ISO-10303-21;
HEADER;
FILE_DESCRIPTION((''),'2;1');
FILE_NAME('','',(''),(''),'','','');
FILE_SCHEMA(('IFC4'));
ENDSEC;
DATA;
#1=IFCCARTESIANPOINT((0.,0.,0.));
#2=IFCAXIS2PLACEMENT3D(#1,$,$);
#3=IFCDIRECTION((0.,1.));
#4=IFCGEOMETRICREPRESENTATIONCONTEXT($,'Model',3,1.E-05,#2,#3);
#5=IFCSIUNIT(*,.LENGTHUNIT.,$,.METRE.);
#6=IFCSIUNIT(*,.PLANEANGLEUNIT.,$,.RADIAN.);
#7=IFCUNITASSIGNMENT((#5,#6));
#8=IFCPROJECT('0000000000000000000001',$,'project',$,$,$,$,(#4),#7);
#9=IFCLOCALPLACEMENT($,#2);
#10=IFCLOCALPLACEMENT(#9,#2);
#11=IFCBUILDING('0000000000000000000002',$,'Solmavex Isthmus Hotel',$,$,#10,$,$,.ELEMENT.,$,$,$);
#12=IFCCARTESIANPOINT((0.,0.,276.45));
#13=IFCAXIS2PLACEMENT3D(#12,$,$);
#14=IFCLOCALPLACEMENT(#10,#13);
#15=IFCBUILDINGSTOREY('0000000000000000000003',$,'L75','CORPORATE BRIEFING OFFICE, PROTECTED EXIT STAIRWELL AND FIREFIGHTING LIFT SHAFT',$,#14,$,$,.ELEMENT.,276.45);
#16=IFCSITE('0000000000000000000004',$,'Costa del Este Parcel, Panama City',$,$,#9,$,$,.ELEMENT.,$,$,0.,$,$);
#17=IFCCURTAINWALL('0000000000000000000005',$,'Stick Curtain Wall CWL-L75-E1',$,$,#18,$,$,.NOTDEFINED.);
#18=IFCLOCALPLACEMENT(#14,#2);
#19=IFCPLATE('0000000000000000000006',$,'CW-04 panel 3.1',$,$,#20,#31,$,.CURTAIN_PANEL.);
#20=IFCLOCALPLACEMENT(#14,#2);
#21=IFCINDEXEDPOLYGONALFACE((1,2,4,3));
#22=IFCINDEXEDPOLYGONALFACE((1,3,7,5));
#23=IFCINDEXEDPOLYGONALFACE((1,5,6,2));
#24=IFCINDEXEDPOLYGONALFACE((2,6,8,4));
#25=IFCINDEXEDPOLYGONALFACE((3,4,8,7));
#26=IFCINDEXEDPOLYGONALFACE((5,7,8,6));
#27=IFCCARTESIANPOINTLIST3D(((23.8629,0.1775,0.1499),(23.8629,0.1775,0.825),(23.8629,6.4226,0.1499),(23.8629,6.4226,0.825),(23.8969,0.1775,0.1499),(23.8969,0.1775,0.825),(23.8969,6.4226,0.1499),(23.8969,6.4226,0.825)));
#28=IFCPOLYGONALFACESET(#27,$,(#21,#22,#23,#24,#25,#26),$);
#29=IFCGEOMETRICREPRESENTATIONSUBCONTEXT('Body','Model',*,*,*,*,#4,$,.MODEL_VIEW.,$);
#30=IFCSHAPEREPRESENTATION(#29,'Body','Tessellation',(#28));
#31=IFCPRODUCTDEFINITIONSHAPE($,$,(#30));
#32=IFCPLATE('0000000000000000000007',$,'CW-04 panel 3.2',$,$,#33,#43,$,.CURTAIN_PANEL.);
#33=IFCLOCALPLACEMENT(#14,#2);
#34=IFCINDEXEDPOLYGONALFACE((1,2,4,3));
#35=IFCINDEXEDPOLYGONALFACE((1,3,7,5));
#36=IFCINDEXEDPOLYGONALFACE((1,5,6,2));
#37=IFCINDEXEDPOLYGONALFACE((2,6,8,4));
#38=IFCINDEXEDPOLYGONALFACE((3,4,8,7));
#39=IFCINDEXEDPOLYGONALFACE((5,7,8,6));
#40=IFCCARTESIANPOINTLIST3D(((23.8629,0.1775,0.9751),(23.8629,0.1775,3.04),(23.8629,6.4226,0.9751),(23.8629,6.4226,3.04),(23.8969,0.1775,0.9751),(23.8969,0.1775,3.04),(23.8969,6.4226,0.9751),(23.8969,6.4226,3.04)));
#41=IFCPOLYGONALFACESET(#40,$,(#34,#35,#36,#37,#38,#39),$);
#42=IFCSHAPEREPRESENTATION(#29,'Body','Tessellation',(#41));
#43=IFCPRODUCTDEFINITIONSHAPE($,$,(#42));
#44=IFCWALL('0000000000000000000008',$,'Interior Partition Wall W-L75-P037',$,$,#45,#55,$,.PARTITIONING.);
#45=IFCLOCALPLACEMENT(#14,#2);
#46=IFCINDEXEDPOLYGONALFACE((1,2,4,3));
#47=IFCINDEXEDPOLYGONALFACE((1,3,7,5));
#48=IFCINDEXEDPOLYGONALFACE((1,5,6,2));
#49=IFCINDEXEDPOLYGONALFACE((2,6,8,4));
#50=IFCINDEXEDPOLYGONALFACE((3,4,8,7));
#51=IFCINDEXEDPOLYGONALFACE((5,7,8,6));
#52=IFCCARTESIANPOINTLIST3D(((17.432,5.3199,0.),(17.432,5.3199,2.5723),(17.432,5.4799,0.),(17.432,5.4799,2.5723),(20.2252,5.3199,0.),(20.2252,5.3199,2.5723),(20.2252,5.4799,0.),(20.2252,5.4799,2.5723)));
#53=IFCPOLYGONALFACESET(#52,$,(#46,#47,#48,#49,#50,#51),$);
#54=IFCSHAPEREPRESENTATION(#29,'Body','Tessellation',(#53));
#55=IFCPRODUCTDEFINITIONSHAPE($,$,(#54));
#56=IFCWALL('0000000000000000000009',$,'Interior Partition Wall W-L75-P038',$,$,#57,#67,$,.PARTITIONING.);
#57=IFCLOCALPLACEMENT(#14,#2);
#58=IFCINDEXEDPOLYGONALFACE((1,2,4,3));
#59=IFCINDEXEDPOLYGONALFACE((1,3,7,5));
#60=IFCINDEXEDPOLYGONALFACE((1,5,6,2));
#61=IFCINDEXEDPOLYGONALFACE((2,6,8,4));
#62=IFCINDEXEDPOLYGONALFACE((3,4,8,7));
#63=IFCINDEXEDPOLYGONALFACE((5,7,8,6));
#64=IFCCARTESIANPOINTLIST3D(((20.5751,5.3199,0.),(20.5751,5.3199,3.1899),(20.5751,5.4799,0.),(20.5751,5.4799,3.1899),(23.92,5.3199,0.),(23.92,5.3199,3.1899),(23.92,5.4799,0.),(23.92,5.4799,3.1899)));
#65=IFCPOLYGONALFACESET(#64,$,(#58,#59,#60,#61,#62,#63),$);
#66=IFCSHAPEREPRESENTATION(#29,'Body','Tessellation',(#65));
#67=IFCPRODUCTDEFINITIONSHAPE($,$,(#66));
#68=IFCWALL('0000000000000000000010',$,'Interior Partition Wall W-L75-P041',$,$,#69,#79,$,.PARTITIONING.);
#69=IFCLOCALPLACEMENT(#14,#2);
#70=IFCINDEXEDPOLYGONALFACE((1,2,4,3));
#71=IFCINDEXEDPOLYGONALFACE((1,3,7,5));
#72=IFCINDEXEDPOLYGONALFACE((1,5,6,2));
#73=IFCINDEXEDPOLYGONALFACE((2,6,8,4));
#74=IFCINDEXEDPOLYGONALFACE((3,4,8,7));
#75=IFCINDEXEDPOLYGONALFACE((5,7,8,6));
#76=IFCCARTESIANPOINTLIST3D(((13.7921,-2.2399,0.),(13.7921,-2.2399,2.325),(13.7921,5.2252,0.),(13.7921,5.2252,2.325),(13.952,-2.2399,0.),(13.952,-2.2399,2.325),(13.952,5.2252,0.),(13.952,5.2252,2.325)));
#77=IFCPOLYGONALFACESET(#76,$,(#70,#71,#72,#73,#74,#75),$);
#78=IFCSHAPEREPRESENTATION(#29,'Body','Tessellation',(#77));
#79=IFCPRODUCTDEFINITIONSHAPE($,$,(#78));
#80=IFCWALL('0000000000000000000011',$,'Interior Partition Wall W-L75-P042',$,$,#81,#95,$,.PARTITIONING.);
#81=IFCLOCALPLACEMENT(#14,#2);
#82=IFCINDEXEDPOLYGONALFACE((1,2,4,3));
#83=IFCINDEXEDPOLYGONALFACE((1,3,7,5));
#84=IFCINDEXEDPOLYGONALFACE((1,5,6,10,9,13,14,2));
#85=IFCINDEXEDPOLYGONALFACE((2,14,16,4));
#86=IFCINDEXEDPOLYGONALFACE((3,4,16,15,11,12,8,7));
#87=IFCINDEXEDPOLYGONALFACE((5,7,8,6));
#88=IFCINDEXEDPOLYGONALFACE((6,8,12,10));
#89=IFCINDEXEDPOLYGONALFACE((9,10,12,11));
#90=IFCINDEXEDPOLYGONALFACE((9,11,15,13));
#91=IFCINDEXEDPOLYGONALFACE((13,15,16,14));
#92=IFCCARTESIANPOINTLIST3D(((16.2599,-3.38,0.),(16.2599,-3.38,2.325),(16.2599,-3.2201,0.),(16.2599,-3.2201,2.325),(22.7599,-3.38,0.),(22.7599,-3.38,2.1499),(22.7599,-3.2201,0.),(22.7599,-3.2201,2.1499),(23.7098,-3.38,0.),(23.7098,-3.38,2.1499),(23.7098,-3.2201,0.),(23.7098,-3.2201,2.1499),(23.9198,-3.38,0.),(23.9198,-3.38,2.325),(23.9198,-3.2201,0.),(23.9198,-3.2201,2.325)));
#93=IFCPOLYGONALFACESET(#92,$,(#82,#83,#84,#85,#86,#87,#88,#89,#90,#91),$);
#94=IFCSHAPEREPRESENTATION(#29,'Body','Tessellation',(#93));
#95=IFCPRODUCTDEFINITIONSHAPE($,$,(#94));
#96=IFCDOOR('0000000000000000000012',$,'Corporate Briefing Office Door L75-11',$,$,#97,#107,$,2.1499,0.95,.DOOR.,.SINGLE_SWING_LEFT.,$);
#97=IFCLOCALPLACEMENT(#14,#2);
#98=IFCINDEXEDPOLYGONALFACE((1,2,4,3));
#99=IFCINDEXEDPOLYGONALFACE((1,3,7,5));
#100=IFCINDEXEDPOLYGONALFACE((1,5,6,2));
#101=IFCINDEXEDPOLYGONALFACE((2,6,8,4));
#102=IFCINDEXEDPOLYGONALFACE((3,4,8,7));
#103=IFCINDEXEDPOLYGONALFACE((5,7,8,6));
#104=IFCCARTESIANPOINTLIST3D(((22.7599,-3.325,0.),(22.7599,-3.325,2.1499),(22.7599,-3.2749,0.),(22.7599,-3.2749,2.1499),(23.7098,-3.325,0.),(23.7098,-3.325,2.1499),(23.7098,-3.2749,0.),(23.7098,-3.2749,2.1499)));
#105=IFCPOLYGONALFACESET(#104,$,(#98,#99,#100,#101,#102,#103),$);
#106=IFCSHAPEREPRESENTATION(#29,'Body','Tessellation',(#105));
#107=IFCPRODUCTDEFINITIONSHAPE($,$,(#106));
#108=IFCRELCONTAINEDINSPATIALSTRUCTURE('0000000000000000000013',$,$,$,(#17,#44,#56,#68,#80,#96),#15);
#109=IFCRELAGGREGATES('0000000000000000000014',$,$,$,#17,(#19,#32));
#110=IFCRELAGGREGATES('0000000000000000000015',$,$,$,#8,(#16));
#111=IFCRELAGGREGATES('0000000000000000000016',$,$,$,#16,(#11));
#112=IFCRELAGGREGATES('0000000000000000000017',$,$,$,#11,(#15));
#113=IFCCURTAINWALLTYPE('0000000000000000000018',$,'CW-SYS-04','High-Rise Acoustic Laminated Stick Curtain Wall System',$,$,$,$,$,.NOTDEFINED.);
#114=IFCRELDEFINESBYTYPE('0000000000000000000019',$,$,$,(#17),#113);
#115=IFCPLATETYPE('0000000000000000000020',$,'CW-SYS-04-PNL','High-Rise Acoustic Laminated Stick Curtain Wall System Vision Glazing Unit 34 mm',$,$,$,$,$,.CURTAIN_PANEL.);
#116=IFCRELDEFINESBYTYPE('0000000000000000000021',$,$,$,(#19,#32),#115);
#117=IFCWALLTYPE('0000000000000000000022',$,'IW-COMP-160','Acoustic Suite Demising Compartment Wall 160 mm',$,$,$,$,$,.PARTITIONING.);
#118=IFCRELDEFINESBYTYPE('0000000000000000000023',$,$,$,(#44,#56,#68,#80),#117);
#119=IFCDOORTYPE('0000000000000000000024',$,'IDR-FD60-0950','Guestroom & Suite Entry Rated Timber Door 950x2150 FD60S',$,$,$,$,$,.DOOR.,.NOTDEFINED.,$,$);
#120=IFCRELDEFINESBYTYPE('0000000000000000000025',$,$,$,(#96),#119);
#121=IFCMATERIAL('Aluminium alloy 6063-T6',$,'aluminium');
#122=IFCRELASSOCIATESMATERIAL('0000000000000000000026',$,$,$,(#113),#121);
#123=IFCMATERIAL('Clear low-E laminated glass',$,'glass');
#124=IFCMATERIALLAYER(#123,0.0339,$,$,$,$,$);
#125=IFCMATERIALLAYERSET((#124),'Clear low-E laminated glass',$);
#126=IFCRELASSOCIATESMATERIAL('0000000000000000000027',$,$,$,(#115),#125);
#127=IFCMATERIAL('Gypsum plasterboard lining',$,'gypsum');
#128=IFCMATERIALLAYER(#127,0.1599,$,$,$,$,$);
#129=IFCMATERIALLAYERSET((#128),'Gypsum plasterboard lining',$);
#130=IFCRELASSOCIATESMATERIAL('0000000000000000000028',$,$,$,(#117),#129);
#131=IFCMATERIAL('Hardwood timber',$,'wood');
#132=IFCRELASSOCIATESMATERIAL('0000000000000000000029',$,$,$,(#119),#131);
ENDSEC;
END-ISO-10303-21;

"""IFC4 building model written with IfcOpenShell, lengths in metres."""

from ifc_helpers import new_model, si_unit, direction, frame, frame_2d, origin, origin_2d, place, context, subcontext, project, spatial, rectangle, extrude, material, layer, layer_set, type_object, element, fill, aggregate, save


model = new_model("IFC4")

# Units and contexts
model_context = context("Model", 3, precision=1e-05, world=origin(), true_north=direction((0.0, 1.0)))
body_context = subcontext(model_context, "Body", "Model", "MODEL_VIEW")
ifc_project = project(units=[si_unit("LENGTHUNIT", "METRE"), si_unit("PLANEANGLEUNIT", "RADIAN")], contexts=[model_context])

# Site, building, storey
site_placement = place(None, origin())
site = spatial("IfcSite", under=ifc_project, at=site_placement, Name="Costa del Este Parcel, Panama City", CompositionType="ELEMENT", RefElevation=0.0)
building_placement = place(site_placement, origin())
building = spatial("IfcBuilding", under=site, at=building_placement, Name="Solmavex Isthmus Hotel", CompositionType="ELEMENT")
storey_placement = place(building_placement, frame((0.0, 0.0, 276.45)))
storey = spatial("IfcBuildingStorey", under=building, at=storey_placement, Name="L75", Description="CORPORATE BRIEFING OFFICE, PROTECTED EXIT STAIRWELL AND FIREFIGHTING LIFT SHAFT", CompositionType="ELEMENT", Elevation=276.45)

# Curtain wall, plates
ifc_material_1 = material(Name="Aluminium alloy 6063-T6", Category="aluminium")
curtain_wall_type = type_object("IfcCurtainWallType", Name="CW-SYS-04", Description="High-Rise Acoustic Laminated Stick Curtain Wall System", PredefinedType="NOTDEFINED", material=ifc_material_1)
curtain_wall_placement = place(storey_placement, origin())
curtain_wall = element("IfcCurtainWall", 1, at=curtain_wall_placement, inside=storey, type_object=curtain_wall_type, Name="Stick Curtain Wall CWL-L75-E1", PredefinedType="NOTDEFINED")
ifc_material_2 = material(Name="Clear low-E laminated glass", Category="glass")
ifc_layer_1 = layer(ifc_material_2, 0.0339)
ifc_layer_set_1 = layer_set([ifc_layer_1], Name="Clear low-E laminated glass")
plate_type = type_object("IfcPlateType", Name="CW-SYS-04-PNL", Description="High-Rise Acoustic Laminated Stick Curtain Wall System Vision Glazing Unit 34 mm", PredefinedType="CURTAIN_PANEL", material=ifc_layer_set_1)
plate_1_placement = place(storey_placement, frame((23.8799, 3.3, 0.1499), z_axis=(0.0, 0.0, 1.0), x_axis=(0.0, 1.0, 0.0)))
plate_1 = element("IfcPlate", 2, at=plate_1_placement, type_object=plate_type, Name="CW-04 panel 3.1", PredefinedType="CURTAIN_PANEL", context=body_context, shape_type="SweptSolid", body=[
    extrude(rectangle(XDim=6.2451, YDim=0.0339, at=origin_2d()), origin(), (0.0, 0.0, 1.0), 0.675),
])
plate_2_placement = place(storey_placement, frame((23.8799, 3.3, 0.9751), z_axis=(0.0, 0.0, 1.0), x_axis=(0.0, 1.0, 0.0)))
plate_2 = element("IfcPlate", 3, at=plate_2_placement, type_object=plate_type, Name="CW-04 panel 3.2", PredefinedType="CURTAIN_PANEL", context=body_context, shape_type="SweptSolid", body=[
    extrude(rectangle(XDim=6.2451, YDim=0.0339, at=origin_2d()), origin(), (0.0, 0.0, 1.0), 2.0649),
])
aggregate(curtain_wall, [plate_1, plate_2])

# Walls
ifc_material_3 = material(Name="Gypsum plasterboard lining", Category="gypsum")
ifc_layer_2 = layer(ifc_material_3, 0.1599)
ifc_layer_set_2 = layer_set([ifc_layer_2], Name="Gypsum plasterboard lining")
wall_type_1 = type_object("IfcWallType", Name="IW-COMP-160", Description="Acoustic Suite Demising Compartment Wall 160 mm", PredefinedType="PARTITIONING", material=ifc_layer_set_2)
wall_1_placement = place(storey_placement, frame((20.2251, 5.3999, 0.0), z_axis=(0.0, 0.0, 1.0), x_axis=(-1.0, 0.0, 0.0)))
element("IfcWall", 4, at=wall_1_placement, inside=storey, type_object=wall_type_1, Name="Interior Partition Wall W-L75-P037", PredefinedType="PARTITIONING", context=body_context, shape_type="SweptSolid", body=[
    extrude(rectangle(XDim=2.7932, YDim=0.1599, at=frame_2d((1.3965, 0.0))), origin(), (0.0, 0.0, 1.0), 2.5723),
])
wall_2_placement = place(storey_placement, frame((23.9199, 5.3999, 0.0), z_axis=(0.0, 0.0, 1.0), x_axis=(-1.0, 0.0, 0.0)))
element("IfcWall", 5, at=wall_2_placement, inside=storey, type_object=wall_type_1, Name="Interior Partition Wall W-L75-P038", PredefinedType="PARTITIONING", context=body_context, shape_type="SweptSolid", body=[
    extrude(rectangle(XDim=3.345, YDim=0.1599, at=frame_2d((1.6724, 0.0))), origin(), (0.0, 0.0, 1.0), 3.1899),
])
wall_3_placement = place(storey_placement, frame((13.8721, 5.2251, 0.0), z_axis=(0.0, 0.0, 1.0), x_axis=(0.0, -1.0, 0.0)))
element("IfcWall", 6, at=wall_3_placement, inside=storey, type_object=wall_type_1, Name="Interior Partition Wall W-L75-P041", PredefinedType="PARTITIONING", context=body_context, shape_type="SweptSolid", body=[
    extrude(rectangle(XDim=7.4651, YDim=0.1599, at=frame_2d((3.7324, 0.0))), origin(), (0.0, 0.0, 1.0), 2.325),
])

# Wall, opening, door
wall_4_placement = place(storey_placement, frame((23.9199, -3.3, 0.0), z_axis=(0.0, 0.0, 1.0), x_axis=(-1.0, 0.0, 0.0)))
wall_4 = element("IfcWall", 7, at=wall_4_placement, inside=storey, type_object=wall_type_1, Name="Interior Partition Wall W-L75-P042", PredefinedType="PARTITIONING", context=body_context, shape_type="SweptSolid", body=[
    extrude(rectangle(XDim=7.6599, YDim=0.1599, at=frame_2d((3.8301, 0.0))), origin(), (0.0, 0.0, 1.0), 2.325),
])
opening_1_placement = place(wall_4_placement, frame((0.21, 0.0, 0.0)))
opening_1 = element("IfcOpeningElement", 8, at=opening_1_placement, cuts=wall_4, PredefinedType="OPENING", context=body_context, shape_type="SweptSolid", body=[
    extrude(rectangle(XDim=0.95, YDim=2.1499, at=frame_2d((0.4751, 1.075))), frame((0.0, 0.0898, 0.0), z_axis=(0.0, -1.0, 0.0), x_axis=(1.0, 0.0, 0.0)), (0.0, 0.0, 1.0), 0.1799),
])
ifc_material_4 = material(Name="Hardwood timber", Category="wood")
door_type = type_object("IfcDoorType", Name="IDR-FD60-0950", Description="Guestroom & Suite Entry Rated Timber Door 950x2150 FD60S", OperationType="NOTDEFINED", PredefinedType="DOOR", material=ifc_material_4)
door_1_placement = place(opening_1_placement, origin())
door_1 = element("IfcDoor", 9, at=door_1_placement, inside=storey, type_object=door_type, Name="Corporate Briefing Office Door L75-11", OperationType="SINGLE_SWING_LEFT", OverallHeight=2.1499, OverallWidth=0.95, PredefinedType="DOOR", context=body_context, shape_type="SweptSolid", body=[
    extrude(rectangle(XDim=0.95, YDim=2.1499, at=frame_2d((0.4751, 1.075))), frame((0.0, 0.0249, 0.0), z_axis=(0.0, -1.0, 0.0), x_axis=(1.0, 0.0, 0.0)), (0.0, 0.0, 1.0), 0.05),
])
fill(opening_1, door_1)

save(model, "model.ifc")
